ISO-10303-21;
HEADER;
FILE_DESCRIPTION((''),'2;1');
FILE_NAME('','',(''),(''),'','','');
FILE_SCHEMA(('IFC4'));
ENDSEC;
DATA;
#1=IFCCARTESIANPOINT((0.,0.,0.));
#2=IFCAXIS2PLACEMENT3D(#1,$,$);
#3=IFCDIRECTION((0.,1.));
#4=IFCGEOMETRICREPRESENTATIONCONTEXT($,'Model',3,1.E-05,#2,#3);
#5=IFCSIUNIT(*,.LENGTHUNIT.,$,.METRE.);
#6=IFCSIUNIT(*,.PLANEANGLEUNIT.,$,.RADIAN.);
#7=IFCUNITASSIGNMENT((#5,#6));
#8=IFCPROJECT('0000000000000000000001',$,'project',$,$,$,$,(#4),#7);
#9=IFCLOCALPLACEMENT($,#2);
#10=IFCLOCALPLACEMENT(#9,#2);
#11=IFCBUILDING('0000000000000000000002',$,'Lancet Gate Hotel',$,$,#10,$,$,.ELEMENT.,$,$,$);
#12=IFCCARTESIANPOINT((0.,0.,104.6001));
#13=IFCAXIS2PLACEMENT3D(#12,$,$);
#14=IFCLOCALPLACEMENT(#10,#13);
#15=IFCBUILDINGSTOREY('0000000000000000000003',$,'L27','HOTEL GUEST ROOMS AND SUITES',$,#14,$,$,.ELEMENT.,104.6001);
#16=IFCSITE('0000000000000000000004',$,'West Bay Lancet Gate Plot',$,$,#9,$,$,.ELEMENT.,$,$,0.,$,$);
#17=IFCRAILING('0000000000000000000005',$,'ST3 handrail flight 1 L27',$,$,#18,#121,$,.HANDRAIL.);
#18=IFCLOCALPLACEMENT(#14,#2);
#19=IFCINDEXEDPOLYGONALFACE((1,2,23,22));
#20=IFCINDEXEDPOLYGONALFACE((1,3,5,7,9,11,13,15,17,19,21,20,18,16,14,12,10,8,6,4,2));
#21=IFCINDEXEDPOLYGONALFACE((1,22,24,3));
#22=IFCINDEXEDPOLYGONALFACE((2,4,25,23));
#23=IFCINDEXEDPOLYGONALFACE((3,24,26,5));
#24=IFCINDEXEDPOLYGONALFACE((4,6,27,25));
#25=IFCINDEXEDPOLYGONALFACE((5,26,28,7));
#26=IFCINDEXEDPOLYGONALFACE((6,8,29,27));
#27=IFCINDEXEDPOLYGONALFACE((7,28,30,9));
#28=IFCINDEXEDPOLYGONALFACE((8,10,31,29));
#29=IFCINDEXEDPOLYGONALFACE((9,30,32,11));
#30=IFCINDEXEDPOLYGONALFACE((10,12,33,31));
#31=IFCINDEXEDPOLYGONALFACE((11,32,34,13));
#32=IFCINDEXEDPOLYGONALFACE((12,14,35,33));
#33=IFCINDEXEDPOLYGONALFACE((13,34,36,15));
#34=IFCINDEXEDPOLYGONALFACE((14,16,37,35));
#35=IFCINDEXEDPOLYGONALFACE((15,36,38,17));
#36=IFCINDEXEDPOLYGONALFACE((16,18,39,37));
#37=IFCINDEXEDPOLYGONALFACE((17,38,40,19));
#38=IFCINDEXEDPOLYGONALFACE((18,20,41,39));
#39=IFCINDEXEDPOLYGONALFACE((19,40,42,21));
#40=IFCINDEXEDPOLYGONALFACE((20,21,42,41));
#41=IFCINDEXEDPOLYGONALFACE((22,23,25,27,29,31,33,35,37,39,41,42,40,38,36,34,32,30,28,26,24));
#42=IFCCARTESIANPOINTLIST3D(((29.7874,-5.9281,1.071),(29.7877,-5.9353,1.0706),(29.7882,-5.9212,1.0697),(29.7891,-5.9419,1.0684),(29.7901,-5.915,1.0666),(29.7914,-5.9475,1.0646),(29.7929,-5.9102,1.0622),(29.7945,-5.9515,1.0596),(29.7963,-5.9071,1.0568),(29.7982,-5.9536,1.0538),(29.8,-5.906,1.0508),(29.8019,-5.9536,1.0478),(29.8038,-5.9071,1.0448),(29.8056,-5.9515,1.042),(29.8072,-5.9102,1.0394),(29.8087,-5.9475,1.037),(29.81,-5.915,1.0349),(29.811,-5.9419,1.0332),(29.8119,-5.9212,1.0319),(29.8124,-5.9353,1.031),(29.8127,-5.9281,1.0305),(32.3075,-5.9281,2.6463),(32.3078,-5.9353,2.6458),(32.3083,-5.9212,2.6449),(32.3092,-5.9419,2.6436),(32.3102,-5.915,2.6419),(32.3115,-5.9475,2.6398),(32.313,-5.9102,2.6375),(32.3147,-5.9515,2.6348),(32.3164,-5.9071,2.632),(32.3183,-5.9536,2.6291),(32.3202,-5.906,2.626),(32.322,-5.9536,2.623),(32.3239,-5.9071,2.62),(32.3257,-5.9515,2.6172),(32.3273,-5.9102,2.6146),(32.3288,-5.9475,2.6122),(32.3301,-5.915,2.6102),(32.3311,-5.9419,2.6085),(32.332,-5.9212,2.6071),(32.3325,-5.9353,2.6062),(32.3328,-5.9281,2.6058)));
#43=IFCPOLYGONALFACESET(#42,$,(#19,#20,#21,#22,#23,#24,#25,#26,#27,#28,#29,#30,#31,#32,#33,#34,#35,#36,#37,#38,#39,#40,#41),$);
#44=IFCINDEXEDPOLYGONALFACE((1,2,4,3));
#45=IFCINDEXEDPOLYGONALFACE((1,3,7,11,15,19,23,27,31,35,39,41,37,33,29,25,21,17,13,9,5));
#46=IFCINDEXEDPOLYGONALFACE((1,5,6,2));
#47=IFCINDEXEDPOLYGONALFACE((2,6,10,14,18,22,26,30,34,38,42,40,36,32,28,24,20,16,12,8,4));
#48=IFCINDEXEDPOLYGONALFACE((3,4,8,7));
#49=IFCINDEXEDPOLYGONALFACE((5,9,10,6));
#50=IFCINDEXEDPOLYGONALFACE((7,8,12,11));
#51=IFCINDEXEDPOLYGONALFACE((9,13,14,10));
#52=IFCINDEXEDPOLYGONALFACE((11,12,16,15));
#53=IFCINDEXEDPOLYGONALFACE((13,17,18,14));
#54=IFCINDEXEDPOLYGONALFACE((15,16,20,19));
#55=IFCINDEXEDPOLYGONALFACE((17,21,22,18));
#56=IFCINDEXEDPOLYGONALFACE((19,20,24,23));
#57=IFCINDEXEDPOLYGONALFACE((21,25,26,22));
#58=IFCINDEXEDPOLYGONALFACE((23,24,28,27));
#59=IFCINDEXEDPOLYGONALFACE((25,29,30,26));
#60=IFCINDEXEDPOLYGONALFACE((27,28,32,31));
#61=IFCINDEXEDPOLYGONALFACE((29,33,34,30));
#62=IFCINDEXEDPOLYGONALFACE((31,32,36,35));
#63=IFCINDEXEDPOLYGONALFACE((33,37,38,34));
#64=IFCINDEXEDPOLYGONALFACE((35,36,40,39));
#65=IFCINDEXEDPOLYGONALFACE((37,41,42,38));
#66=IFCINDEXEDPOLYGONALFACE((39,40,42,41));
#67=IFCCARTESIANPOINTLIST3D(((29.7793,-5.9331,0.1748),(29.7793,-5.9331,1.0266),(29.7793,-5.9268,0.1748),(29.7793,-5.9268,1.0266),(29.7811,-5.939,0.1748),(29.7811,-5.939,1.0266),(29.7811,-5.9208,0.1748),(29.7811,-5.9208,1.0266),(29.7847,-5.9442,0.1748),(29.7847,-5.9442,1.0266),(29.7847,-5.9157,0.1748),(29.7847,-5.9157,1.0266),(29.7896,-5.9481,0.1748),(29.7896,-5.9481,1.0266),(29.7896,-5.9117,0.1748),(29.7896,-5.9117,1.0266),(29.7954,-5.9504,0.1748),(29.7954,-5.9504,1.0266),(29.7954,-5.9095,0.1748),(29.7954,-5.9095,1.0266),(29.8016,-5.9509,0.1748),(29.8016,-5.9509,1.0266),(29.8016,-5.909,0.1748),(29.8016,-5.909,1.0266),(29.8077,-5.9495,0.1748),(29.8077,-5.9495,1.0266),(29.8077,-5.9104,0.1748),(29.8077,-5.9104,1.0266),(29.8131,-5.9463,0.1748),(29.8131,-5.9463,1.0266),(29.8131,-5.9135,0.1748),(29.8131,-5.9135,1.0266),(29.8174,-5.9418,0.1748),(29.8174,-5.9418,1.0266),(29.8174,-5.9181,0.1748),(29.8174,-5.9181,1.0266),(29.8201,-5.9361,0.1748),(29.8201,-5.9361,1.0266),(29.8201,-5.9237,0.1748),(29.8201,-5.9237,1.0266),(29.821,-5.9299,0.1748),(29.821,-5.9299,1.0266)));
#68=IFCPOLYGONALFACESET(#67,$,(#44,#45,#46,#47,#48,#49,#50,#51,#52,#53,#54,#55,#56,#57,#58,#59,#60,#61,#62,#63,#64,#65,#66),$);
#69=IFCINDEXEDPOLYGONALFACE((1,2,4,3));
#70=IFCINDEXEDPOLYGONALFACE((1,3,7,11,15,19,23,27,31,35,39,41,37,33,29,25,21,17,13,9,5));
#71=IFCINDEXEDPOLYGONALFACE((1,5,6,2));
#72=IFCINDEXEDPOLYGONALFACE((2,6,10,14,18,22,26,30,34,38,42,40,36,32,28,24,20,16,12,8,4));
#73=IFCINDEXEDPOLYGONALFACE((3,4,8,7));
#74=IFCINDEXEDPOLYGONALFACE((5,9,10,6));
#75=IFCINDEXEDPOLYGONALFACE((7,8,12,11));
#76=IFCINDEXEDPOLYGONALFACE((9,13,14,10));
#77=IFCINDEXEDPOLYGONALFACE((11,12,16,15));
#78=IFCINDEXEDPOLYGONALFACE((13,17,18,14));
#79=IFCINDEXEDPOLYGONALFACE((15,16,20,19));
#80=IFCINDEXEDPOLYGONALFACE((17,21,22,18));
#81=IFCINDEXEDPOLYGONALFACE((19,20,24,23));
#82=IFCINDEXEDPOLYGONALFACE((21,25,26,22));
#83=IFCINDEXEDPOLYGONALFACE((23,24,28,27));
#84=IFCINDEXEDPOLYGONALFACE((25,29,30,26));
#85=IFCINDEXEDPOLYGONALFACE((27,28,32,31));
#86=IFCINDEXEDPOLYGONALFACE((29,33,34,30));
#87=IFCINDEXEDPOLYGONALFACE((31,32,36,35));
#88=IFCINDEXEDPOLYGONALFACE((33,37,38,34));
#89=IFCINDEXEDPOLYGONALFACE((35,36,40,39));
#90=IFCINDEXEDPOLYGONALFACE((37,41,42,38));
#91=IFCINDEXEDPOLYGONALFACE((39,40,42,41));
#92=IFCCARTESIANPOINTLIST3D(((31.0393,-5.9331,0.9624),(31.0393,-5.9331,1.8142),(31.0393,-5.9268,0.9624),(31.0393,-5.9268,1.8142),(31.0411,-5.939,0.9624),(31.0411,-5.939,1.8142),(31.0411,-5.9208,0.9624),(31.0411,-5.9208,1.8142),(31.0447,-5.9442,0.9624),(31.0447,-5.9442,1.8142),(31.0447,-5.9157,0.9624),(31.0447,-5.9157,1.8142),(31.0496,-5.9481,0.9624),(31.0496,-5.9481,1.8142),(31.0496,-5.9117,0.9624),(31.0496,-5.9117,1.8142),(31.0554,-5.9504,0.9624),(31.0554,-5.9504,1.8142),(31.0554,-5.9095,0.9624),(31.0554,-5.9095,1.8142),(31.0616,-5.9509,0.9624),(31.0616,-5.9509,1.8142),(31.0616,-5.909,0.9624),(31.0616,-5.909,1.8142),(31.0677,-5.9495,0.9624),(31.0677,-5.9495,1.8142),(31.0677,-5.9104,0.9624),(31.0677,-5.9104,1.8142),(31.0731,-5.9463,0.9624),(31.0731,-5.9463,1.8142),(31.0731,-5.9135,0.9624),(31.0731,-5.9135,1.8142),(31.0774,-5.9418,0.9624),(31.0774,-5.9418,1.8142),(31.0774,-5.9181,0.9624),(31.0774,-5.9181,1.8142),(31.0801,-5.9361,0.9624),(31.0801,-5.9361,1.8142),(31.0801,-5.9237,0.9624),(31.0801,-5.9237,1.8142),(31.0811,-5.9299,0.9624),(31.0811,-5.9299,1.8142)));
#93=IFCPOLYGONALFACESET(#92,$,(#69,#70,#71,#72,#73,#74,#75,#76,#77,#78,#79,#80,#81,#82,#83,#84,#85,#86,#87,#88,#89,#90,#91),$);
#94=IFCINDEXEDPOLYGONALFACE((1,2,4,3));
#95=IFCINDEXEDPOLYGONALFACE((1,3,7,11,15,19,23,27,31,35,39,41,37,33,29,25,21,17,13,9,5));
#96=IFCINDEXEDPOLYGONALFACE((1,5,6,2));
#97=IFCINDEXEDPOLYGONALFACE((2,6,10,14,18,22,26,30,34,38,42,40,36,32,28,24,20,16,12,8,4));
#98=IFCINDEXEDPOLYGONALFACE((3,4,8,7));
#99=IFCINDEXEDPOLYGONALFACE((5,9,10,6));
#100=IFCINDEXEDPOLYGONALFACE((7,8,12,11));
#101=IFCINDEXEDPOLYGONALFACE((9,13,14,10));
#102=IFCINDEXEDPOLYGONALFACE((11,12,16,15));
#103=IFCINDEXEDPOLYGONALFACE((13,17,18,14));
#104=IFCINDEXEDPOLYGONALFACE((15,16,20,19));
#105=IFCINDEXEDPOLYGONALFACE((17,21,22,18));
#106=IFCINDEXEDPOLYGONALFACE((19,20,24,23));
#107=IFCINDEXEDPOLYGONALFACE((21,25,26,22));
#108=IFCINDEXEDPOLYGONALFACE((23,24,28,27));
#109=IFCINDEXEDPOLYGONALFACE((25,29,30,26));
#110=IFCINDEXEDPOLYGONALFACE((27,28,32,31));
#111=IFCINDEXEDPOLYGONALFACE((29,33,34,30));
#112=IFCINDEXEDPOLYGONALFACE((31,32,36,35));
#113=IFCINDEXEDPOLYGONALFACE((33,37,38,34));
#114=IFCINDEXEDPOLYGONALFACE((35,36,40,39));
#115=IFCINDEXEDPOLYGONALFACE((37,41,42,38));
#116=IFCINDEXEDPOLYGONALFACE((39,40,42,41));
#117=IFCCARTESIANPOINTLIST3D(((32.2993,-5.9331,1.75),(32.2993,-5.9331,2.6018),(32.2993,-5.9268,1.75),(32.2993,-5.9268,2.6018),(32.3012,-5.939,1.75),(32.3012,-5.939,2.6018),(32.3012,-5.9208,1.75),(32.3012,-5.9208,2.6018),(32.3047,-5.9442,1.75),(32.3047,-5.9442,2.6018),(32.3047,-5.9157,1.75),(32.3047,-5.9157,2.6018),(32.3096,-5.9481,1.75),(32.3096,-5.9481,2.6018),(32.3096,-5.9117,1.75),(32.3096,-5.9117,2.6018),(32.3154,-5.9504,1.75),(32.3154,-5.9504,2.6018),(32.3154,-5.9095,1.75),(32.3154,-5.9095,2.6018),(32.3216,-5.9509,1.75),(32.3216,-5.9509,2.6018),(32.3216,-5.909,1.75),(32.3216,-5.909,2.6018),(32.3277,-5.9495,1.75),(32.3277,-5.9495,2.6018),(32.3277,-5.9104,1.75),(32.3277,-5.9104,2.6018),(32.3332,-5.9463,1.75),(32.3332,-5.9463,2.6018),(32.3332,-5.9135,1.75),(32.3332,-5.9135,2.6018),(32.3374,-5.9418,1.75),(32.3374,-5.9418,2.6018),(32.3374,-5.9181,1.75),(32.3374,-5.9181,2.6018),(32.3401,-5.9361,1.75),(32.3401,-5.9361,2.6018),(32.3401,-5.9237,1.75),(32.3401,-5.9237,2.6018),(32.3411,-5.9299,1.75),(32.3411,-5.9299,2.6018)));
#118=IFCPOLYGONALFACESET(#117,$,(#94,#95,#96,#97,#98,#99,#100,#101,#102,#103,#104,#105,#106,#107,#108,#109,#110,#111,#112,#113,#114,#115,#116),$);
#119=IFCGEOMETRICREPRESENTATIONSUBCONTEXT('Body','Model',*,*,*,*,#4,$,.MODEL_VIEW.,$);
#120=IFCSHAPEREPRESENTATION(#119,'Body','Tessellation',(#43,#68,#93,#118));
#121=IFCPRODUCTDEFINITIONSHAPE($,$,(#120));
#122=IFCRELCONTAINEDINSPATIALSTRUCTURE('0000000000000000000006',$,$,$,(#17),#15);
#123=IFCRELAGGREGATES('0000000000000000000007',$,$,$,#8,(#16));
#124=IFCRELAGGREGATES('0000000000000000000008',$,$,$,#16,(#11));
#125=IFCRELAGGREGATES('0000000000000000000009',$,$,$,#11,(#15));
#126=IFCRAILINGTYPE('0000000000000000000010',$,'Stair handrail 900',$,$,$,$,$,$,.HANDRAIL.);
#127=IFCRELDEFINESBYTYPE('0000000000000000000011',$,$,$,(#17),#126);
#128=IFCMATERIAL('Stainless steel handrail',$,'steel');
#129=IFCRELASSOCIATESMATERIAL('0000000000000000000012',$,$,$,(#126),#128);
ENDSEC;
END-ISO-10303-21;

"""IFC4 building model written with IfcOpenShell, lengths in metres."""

from ifc_helpers import new_model, si_unit, direction, frame, origin, origin_2d, place, context, subcontext, project, spatial, circle, extrude, material, type_object, element, save


model = new_model("IFC4")

# Units and contexts
model_context = context("Model", 3, precision=1e-05, world=origin(), true_north=direction((0.0, 1.0)))
body_context = subcontext(model_context, "Body", "Model", "MODEL_VIEW")
ifc_project = project(units=[si_unit("LENGTHUNIT", "METRE"), si_unit("PLANEANGLEUNIT", "RADIAN")], contexts=[model_context])

# Site, building, storey
site_placement = place(None, origin())
site = spatial("IfcSite", under=ifc_project, at=site_placement, Name="West Bay Lancet Gate Plot", CompositionType="ELEMENT", RefElevation=0.0)
building_placement = place(site_placement, origin())
building = spatial("IfcBuilding", under=site, at=building_placement, Name="Lancet Gate Hotel", CompositionType="ELEMENT")
storey_placement = place(building_placement, frame((0.0, 0.0, 104.6001)))
storey = spatial("IfcBuildingStorey", under=building, at=storey_placement, Name="L27", Description="HOTEL GUEST ROOMS AND SUITES", CompositionType="ELEMENT", Elevation=104.6001)

# Railing
ifc_material_1 = material(Name="Stainless steel handrail", Category="steel")
railing_type = type_object("IfcRailingType", Name="Stair handrail 900", PredefinedType="HANDRAIL", material=ifc_material_1)
railing_1_placement = place(storey_placement, frame((29.8, -5.9299, 0.1748)))
element("IfcRailing", 1, at=railing_1_placement, inside=storey, type_object=railing_type, Name="ST3 handrail flight 1 L27", PredefinedType="HANDRAIL", context=body_context, shape_type="SweptSolid", body=[
    extrude(circle(Radius=0.0239, at=origin_2d()), frame((0.0, 0.0, 0.876), z_axis=(0.847971, 0.0, 0.530043), x_axis=(0.0, 1.0, 0.0)), (0.0, 0.0, 1.0), 2.9719),
    extrude(circle(Radius=0.021, at=origin_2d()), origin(), (0.0, 0.0, 1.0), 0.8518),
    extrude(circle(Radius=0.021, at=origin_2d()), frame((1.26, 0.0, 0.7876)), (0.0, 0.0, 1.0), 0.8518),
    extrude(circle(Radius=0.021, at=origin_2d()), frame((2.52, 0.0, 1.5752)), (0.0, 0.0, 1.0), 0.8518),
])

save(model, "model.ifc")
